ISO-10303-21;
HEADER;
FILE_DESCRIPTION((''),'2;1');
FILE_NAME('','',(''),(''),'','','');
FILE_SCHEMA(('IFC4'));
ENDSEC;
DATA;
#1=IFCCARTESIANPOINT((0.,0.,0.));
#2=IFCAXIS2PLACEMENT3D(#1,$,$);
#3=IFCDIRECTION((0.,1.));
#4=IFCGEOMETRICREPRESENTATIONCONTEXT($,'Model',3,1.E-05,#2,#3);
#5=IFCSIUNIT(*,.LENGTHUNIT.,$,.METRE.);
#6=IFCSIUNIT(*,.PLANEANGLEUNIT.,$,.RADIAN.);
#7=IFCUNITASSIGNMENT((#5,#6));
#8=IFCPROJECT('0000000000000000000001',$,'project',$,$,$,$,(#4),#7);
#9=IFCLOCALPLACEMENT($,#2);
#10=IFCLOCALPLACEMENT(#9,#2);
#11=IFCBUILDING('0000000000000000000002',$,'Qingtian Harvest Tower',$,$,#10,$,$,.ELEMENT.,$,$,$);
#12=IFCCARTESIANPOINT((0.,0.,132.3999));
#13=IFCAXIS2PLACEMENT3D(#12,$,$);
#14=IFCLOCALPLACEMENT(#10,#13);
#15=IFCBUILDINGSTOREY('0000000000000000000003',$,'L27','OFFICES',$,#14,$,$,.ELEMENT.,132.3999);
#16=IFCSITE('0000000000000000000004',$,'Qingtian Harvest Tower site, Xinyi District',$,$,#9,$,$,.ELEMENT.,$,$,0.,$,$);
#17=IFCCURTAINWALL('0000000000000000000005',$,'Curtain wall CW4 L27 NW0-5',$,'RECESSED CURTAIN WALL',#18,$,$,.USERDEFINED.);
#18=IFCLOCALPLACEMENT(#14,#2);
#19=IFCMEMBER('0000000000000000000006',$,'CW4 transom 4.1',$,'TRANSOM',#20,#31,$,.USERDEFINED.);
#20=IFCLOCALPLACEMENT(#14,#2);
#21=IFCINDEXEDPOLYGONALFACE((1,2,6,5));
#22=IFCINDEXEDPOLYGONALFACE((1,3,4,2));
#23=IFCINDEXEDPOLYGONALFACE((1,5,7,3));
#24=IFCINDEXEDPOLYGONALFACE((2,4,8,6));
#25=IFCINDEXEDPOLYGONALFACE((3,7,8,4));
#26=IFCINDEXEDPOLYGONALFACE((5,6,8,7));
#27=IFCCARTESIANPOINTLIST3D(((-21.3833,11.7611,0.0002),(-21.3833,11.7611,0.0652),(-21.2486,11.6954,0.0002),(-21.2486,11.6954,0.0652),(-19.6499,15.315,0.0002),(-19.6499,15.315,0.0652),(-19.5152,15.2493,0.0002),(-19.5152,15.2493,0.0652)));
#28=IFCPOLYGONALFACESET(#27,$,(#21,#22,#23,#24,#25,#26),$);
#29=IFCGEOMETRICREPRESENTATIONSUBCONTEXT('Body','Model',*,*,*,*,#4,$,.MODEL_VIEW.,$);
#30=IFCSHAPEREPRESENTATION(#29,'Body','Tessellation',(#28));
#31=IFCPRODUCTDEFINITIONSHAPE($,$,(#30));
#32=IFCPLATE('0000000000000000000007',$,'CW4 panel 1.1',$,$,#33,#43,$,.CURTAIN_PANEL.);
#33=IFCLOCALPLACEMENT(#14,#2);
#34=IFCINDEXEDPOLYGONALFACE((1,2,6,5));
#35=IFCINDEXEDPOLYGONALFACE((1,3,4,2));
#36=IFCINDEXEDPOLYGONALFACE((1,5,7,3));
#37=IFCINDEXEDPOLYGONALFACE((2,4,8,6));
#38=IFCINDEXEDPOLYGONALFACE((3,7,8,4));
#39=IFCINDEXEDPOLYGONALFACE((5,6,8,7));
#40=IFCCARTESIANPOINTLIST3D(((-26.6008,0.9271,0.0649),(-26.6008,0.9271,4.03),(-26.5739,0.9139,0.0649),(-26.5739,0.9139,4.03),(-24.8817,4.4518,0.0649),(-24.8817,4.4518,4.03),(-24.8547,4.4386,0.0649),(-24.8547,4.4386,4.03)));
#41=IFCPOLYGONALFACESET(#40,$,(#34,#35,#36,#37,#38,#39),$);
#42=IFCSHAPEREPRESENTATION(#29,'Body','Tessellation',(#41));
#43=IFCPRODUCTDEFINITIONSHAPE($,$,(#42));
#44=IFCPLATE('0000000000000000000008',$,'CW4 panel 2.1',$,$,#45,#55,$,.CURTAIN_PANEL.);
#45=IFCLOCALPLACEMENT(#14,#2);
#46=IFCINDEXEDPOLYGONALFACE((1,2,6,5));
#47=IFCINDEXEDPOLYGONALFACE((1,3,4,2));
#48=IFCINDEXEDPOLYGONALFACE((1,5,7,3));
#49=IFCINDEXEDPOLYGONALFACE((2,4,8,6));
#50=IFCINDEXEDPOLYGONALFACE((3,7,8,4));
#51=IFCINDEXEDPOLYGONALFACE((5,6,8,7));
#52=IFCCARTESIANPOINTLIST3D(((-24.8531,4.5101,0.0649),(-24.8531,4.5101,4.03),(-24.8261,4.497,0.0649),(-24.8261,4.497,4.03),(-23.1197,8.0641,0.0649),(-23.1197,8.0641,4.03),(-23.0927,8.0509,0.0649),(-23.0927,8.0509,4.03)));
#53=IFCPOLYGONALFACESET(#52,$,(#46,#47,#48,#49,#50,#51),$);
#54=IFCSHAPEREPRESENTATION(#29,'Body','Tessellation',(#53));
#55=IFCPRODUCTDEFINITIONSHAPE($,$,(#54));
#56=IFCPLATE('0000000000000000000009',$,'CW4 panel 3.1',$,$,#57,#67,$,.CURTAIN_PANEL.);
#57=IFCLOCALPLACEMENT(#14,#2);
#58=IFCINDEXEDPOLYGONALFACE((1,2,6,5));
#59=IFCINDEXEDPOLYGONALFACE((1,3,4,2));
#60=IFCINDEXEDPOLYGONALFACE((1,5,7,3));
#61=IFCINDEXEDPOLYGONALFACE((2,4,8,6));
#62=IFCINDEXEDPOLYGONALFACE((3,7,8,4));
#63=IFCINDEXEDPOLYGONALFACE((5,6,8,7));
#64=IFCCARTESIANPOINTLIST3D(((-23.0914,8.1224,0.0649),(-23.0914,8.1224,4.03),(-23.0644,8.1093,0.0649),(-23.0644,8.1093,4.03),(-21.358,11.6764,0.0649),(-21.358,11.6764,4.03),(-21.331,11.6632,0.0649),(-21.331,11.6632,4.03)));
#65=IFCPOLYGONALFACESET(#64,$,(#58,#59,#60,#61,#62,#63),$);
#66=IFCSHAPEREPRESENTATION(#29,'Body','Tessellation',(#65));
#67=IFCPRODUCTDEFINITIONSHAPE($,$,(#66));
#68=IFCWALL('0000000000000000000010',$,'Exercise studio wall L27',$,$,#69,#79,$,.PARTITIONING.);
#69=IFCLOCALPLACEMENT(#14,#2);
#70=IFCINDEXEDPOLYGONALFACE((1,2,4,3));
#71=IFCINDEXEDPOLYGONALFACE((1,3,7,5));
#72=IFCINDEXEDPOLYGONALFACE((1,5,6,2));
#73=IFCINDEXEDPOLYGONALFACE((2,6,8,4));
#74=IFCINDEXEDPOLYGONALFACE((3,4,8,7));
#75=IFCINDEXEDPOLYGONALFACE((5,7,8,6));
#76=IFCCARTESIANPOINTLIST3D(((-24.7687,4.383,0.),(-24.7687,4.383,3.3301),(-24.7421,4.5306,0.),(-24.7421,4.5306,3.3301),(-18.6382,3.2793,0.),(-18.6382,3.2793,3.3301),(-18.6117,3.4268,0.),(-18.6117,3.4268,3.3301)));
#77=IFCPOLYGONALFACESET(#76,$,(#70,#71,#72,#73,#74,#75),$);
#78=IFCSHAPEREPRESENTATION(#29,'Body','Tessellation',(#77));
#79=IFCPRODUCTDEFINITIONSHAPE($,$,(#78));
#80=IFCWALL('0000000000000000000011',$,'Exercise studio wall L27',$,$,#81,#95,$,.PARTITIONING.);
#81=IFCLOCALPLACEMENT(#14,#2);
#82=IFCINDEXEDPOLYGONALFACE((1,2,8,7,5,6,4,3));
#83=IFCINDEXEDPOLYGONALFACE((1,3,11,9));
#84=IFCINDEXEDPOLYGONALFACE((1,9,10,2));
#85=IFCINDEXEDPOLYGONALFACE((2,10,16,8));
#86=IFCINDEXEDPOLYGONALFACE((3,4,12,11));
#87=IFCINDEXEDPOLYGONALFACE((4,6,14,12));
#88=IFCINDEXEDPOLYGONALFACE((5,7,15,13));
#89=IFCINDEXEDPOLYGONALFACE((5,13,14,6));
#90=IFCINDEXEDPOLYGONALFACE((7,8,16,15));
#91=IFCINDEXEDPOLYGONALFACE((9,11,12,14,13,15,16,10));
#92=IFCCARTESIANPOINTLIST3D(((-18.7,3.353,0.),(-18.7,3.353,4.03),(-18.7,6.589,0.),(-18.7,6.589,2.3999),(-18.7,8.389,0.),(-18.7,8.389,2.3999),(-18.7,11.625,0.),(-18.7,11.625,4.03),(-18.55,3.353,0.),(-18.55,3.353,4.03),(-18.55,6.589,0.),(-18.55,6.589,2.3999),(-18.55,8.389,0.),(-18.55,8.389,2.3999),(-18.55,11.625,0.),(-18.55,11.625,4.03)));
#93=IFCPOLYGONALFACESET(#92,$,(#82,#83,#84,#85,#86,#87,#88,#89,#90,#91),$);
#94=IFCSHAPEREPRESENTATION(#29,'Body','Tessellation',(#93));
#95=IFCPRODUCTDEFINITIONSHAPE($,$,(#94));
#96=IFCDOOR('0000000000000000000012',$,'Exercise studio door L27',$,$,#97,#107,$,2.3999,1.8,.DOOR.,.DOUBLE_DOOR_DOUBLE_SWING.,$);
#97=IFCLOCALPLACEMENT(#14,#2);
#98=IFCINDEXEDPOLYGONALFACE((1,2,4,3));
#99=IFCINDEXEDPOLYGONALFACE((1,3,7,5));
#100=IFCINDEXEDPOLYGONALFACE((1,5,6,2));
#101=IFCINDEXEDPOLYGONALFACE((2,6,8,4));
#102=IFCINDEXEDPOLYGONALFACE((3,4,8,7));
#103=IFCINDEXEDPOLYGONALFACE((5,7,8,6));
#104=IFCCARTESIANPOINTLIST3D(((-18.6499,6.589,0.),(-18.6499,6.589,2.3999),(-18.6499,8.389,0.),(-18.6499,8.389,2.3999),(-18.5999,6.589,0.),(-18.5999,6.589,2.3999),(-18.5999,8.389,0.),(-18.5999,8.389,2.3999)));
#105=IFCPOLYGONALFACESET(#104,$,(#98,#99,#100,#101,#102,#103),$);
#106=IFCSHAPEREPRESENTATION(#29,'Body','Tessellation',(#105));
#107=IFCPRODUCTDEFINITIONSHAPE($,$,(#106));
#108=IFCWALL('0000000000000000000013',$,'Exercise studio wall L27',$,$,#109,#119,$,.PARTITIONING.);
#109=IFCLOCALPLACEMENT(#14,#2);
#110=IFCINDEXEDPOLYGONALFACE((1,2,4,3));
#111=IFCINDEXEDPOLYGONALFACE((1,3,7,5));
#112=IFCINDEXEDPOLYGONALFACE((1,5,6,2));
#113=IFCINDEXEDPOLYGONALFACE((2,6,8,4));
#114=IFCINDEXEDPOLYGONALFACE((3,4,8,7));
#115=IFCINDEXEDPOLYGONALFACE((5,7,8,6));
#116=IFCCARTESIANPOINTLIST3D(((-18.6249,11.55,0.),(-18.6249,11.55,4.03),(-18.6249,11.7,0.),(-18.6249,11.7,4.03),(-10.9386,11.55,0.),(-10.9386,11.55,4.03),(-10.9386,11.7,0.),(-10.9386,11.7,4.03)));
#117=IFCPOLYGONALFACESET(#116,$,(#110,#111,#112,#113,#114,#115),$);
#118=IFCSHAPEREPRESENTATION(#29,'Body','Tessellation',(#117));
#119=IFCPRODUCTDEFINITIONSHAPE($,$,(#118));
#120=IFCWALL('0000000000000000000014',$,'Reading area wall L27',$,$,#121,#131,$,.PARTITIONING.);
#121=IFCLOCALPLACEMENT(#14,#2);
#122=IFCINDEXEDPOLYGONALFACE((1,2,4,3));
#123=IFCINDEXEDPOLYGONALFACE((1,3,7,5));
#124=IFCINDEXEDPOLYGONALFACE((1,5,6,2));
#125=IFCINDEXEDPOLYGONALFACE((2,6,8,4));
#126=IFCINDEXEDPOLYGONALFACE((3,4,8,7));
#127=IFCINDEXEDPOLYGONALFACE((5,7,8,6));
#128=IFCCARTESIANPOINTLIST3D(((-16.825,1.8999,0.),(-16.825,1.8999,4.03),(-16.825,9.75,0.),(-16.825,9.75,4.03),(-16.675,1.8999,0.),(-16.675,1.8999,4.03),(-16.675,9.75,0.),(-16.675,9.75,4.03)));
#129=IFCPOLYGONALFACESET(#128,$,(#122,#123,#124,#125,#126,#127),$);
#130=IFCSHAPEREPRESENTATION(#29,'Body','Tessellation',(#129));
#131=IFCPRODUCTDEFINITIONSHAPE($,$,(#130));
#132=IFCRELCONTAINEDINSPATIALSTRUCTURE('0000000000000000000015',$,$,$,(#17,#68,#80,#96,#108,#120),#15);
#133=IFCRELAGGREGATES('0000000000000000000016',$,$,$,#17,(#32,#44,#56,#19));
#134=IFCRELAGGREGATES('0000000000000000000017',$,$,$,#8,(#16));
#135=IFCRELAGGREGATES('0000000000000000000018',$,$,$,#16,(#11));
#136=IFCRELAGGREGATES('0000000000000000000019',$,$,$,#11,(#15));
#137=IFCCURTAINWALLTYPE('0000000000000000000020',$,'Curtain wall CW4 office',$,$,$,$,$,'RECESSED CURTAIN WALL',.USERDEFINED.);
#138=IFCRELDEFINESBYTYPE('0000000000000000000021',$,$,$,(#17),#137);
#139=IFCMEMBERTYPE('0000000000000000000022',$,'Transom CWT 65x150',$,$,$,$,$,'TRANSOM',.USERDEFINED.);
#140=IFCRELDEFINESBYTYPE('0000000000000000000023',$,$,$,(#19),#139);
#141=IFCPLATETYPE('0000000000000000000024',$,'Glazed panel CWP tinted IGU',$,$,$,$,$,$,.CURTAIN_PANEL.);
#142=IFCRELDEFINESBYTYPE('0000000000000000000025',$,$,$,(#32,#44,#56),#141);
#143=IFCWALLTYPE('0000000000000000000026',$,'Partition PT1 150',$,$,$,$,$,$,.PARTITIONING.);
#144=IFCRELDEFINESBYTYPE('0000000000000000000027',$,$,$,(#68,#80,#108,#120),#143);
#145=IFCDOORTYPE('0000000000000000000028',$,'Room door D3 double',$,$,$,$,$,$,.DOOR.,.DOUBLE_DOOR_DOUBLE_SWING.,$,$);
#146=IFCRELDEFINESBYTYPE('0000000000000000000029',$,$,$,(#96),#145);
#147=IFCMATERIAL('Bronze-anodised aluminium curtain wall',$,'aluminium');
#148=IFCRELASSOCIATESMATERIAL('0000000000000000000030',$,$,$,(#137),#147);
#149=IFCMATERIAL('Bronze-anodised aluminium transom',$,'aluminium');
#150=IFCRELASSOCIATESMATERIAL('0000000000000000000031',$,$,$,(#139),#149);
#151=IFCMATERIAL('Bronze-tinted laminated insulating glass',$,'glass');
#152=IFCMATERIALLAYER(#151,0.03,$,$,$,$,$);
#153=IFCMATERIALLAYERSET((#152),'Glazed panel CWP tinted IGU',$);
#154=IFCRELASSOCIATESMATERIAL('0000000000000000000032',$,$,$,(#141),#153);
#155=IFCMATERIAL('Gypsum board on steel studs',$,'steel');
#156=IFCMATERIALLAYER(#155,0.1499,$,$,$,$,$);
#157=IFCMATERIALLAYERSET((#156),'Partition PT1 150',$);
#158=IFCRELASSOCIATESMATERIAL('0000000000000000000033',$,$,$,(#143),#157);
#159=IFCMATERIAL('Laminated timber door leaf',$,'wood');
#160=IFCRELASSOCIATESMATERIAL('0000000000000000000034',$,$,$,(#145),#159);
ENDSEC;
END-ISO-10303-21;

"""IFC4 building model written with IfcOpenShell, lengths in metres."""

from ifc_helpers import new_model, si_unit, direction, frame, frame_2d, origin, origin_2d, place, context, subcontext, project, spatial, rectangle, extrude, material, layer, layer_set, material_profile, profile_set, type_object, element, fill, aggregate, save


model = new_model("IFC4")

# Units and contexts
model_context = context("Model", 3, precision=1e-05, world=origin(), true_north=direction((0.0, 1.0)))
body_context = subcontext(model_context, "Body", "Model", "MODEL_VIEW")
ifc_project = project(units=[si_unit("LENGTHUNIT", "METRE"), si_unit("PLANEANGLEUNIT", "RADIAN")], contexts=[model_context])

# Site, building, storey
site_placement = place(None, origin())
site = spatial("IfcSite", under=ifc_project, at=site_placement, Name="Qingtian Harvest Tower site, Xinyi District", CompositionType="ELEMENT", RefElevation=0.0)
building_placement = place(site_placement, origin())
building = spatial("IfcBuilding", under=site, at=building_placement, Name="Qingtian Harvest Tower", CompositionType="ELEMENT")
storey_placement = place(building_placement, frame((0.0, 0.0, 132.3999)))
storey = spatial("IfcBuildingStorey", under=building, at=storey_placement, Name="L27", Description="OFFICES", CompositionType="ELEMENT", Elevation=132.3999)

# Shared definitions
ifc_material_1 = material(Name="Bronze-anodised aluminium curtain wall", Category="aluminium")
curtain_wall_type = type_object("IfcCurtainWallType", Name="Curtain wall CW4 office", ElementType="RECESSED CURTAIN WALL", PredefinedType="USERDEFINED", material=ifc_material_1)

# Curtain wall
curtain_wall_1_placement = place(storey_placement, origin())
curtain_wall_1 = element("IfcCurtainWall", 1, at=curtain_wall_1_placement, inside=storey, type_object=curtain_wall_type, Name="Curtain wall CW4 L27 NW0-5", ObjectType="RECESSED CURTAIN WALL", PredefinedType="USERDEFINED")

# Member
ifc_material_2 = material(Name="Bronze-anodised aluminium transom", Category="aluminium")
ifc_material_profile_1 = material_profile(ifc_material_2, rectangle(XDim=0.1499, YDim=0.0649, at=origin_2d()), Name="AL 65x150")
ifc_profile_set_1 = profile_set([ifc_material_profile_1], Name="Bronze-anodised aluminium transom")
member_type_1 = type_object("IfcMemberType", Name="Transom CWT 65x150", ElementType="TRANSOM", PredefinedType="USERDEFINED", material=ifc_profile_set_1)
member_1_placement = place(storey_placement, frame((-21.3159, 11.7283, 0.0327), z_axis=(0.438375, 0.898792, 0.0), x_axis=(-0.898792, 0.438375, 0.0)))
member_1 = element("IfcMember", 2, at=member_1_placement, type_object=member_type_1, Name="CW4 transom 4.1", ObjectType="TRANSOM", PredefinedType="USERDEFINED", context=body_context, shape_type="SweptSolid", body=[
    extrude(rectangle(XDim=0.1499, YDim=0.0649, at=origin_2d()), origin(), (0.0, 0.0, 1.0), 3.9541),
])

# Plates
ifc_material_3 = material(Name="Bronze-tinted laminated insulating glass", Category="glass")
ifc_layer_1 = layer(ifc_material_3, 0.03)
ifc_layer_set_1 = layer_set([ifc_layer_1], Name="Glazed panel CWP tinted IGU")
plate_type = type_object("IfcPlateType", Name="Glazed panel CWP tinted IGU", PredefinedType="CURTAIN_PANEL", material=ifc_layer_set_1)
plate_1_placement = place(storey_placement, frame((-25.7278, 2.6829, 0.0649), z_axis=(0.0, 0.0, 1.0), x_axis=(0.438371, 0.898794, 0.0)))
plate_1 = element("IfcPlate", 3, at=plate_1_placement, type_object=plate_type, Name="CW4 panel 1.1", PredefinedType="CURTAIN_PANEL", context=body_context, shape_type="SweptSolid", body=[
    extrude(rectangle(XDim=3.9216, YDim=0.03, at=origin_2d()), origin(), (0.0, 0.0, 1.0), 3.9651),
])
plate_2_placement = place(storey_placement, frame((-23.9729, 6.2805, 0.0649), z_axis=(0.0, 0.0, 1.0), x_axis=(0.438371, 0.898794, 0.0)))
plate_2 = element("IfcPlate", 4, at=plate_2_placement, type_object=plate_type, Name="CW4 panel 2.1", PredefinedType="CURTAIN_PANEL", context=body_context, shape_type="SweptSolid", body=[
    extrude(rectangle(XDim=3.9541, YDim=0.03, at=origin_2d()), origin(), (0.0, 0.0, 1.0), 3.9651),
])
plate_3_placement = place(storey_placement, frame((-22.2112, 9.8928, 0.0649), z_axis=(0.0, 0.0, 1.0), x_axis=(0.438371, 0.898794, 0.0)))
plate_3 = element("IfcPlate", 5, at=plate_3_placement, type_object=plate_type, Name="CW4 panel 3.1", PredefinedType="CURTAIN_PANEL", context=body_context, shape_type="SweptSolid", body=[
    extrude(rectangle(XDim=3.9541, YDim=0.03, at=origin_2d()), origin(), (0.0, 0.0, 1.0), 3.9651),
])
aggregate(curtain_wall_1, [plate_1, plate_2, plate_3, member_1])

# Wall
ifc_material_4 = material(Name="Gypsum board on steel studs", Category="steel")
ifc_layer_2 = layer(ifc_material_4, 0.1499)
ifc_layer_set_2 = layer_set([ifc_layer_2], Name="Partition PT1 150")
wall_type = type_object("IfcWallType", Name="Partition PT1 150", PredefinedType="PARTITIONING", material=ifc_layer_set_2)
wall_1_placement = place(storey_placement, frame((-24.7554, 4.4568, 0.0), z_axis=(0.0, 0.0, 1.0), x_axis=(0.984175, -0.177199, 0.0)))
element("IfcWall", 6, at=wall_1_placement, inside=storey, type_object=wall_type, Name="Exercise studio wall L27", PredefinedType="PARTITIONING", context=body_context, shape_type="SweptSolid", body=[
    extrude(rectangle(XDim=6.229, YDim=0.1499, at=frame_2d((3.1145, 0.0))), origin(), (0.0, 0.0, 1.0), 3.3301),
])

# Wall, opening, door
wall_2_placement = place(storey_placement, frame((-18.625, 3.353, 0.0), z_axis=(0.0, 0.0, 1.0), x_axis=(0.0, 1.0, 0.0)))
wall_2 = element("IfcWall", 7, at=wall_2_placement, inside=storey, type_object=wall_type, Name="Exercise studio wall L27", PredefinedType="PARTITIONING", context=body_context, shape_type="SweptSolid", body=[
    extrude(rectangle(XDim=8.272, YDim=0.1499, at=frame_2d((4.136, 0.0))), origin(), (0.0, 0.0, 1.0), 4.03),
])
opening_placement = place(wall_2_placement, frame((3.2361, 0.0, 0.0)))
opening = element("IfcOpeningElement", 8, at=opening_placement, cuts=wall_2, PredefinedType="OPENING", context=body_context, shape_type="SweptSolid", body=[
    extrude(rectangle(XDim=1.8, YDim=2.3999, at=frame_2d((0.8999, 1.2))), frame((0.0, 0.085, 0.0), z_axis=(0.0, -1.0, 0.0), x_axis=(1.0, 0.0, 0.0)), (0.0, 0.0, 1.0), 0.1699),
])
ifc_material_5 = material(Name="Laminated timber door leaf", Category="wood")
door_type = type_object("IfcDoorType", Name="Room door D3 double", OperationType="DOUBLE_DOOR_DOUBLE_SWING", PredefinedType="DOOR", material=ifc_material_5)
door_placement = place(opening_placement, origin())
door = element("IfcDoor", 9, at=door_placement, inside=storey, type_object=door_type, Name="Exercise studio door L27", OperationType="DOUBLE_DOOR_DOUBLE_SWING", OverallHeight=2.3999, OverallWidth=1.8, PredefinedType="DOOR", context=body_context, shape_type="SweptSolid", body=[
    extrude(rectangle(XDim=1.8, YDim=2.3999, at=frame_2d((0.8999, 1.2))), frame((0.0, 0.0249, 0.0), z_axis=(0.0, -1.0, 0.0), x_axis=(1.0, 0.0, 0.0)), (0.0, 0.0, 1.0), 0.05),
])
fill(opening, door)

# Walls
wall_3_placement = place(storey_placement, frame((-18.625, 11.625, 0.0), z_axis=(0.0, 0.0, 1.0), x_axis=(1.0, 0.0, 0.0)))
element("IfcWall", 10, at=wall_3_placement, inside=storey, type_object=wall_type, Name="Exercise studio wall L27", PredefinedType="PARTITIONING", context=body_context, shape_type="SweptSolid", body=[
    extrude(rectangle(XDim=7.6863, YDim=0.1499, at=frame_2d((3.8433, 0.0))), origin(), (0.0, 0.0, 1.0), 4.03),
])
wall_4_placement = place(storey_placement, frame((-16.75, 1.8999, 0.0), z_axis=(0.0, 0.0, 1.0), x_axis=(0.0, 1.0, 0.0)))
element("IfcWall", 11, at=wall_4_placement, inside=storey, type_object=wall_type, Name="Reading area wall L27", PredefinedType="PARTITIONING", context=body_context, shape_type="SweptSolid", body=[
    extrude(rectangle(XDim=7.8501, YDim=0.1499, at=frame_2d((3.925, 0.0))), origin(), (0.0, 0.0, 1.0), 4.03),
])

save(model, "model.ifc")
